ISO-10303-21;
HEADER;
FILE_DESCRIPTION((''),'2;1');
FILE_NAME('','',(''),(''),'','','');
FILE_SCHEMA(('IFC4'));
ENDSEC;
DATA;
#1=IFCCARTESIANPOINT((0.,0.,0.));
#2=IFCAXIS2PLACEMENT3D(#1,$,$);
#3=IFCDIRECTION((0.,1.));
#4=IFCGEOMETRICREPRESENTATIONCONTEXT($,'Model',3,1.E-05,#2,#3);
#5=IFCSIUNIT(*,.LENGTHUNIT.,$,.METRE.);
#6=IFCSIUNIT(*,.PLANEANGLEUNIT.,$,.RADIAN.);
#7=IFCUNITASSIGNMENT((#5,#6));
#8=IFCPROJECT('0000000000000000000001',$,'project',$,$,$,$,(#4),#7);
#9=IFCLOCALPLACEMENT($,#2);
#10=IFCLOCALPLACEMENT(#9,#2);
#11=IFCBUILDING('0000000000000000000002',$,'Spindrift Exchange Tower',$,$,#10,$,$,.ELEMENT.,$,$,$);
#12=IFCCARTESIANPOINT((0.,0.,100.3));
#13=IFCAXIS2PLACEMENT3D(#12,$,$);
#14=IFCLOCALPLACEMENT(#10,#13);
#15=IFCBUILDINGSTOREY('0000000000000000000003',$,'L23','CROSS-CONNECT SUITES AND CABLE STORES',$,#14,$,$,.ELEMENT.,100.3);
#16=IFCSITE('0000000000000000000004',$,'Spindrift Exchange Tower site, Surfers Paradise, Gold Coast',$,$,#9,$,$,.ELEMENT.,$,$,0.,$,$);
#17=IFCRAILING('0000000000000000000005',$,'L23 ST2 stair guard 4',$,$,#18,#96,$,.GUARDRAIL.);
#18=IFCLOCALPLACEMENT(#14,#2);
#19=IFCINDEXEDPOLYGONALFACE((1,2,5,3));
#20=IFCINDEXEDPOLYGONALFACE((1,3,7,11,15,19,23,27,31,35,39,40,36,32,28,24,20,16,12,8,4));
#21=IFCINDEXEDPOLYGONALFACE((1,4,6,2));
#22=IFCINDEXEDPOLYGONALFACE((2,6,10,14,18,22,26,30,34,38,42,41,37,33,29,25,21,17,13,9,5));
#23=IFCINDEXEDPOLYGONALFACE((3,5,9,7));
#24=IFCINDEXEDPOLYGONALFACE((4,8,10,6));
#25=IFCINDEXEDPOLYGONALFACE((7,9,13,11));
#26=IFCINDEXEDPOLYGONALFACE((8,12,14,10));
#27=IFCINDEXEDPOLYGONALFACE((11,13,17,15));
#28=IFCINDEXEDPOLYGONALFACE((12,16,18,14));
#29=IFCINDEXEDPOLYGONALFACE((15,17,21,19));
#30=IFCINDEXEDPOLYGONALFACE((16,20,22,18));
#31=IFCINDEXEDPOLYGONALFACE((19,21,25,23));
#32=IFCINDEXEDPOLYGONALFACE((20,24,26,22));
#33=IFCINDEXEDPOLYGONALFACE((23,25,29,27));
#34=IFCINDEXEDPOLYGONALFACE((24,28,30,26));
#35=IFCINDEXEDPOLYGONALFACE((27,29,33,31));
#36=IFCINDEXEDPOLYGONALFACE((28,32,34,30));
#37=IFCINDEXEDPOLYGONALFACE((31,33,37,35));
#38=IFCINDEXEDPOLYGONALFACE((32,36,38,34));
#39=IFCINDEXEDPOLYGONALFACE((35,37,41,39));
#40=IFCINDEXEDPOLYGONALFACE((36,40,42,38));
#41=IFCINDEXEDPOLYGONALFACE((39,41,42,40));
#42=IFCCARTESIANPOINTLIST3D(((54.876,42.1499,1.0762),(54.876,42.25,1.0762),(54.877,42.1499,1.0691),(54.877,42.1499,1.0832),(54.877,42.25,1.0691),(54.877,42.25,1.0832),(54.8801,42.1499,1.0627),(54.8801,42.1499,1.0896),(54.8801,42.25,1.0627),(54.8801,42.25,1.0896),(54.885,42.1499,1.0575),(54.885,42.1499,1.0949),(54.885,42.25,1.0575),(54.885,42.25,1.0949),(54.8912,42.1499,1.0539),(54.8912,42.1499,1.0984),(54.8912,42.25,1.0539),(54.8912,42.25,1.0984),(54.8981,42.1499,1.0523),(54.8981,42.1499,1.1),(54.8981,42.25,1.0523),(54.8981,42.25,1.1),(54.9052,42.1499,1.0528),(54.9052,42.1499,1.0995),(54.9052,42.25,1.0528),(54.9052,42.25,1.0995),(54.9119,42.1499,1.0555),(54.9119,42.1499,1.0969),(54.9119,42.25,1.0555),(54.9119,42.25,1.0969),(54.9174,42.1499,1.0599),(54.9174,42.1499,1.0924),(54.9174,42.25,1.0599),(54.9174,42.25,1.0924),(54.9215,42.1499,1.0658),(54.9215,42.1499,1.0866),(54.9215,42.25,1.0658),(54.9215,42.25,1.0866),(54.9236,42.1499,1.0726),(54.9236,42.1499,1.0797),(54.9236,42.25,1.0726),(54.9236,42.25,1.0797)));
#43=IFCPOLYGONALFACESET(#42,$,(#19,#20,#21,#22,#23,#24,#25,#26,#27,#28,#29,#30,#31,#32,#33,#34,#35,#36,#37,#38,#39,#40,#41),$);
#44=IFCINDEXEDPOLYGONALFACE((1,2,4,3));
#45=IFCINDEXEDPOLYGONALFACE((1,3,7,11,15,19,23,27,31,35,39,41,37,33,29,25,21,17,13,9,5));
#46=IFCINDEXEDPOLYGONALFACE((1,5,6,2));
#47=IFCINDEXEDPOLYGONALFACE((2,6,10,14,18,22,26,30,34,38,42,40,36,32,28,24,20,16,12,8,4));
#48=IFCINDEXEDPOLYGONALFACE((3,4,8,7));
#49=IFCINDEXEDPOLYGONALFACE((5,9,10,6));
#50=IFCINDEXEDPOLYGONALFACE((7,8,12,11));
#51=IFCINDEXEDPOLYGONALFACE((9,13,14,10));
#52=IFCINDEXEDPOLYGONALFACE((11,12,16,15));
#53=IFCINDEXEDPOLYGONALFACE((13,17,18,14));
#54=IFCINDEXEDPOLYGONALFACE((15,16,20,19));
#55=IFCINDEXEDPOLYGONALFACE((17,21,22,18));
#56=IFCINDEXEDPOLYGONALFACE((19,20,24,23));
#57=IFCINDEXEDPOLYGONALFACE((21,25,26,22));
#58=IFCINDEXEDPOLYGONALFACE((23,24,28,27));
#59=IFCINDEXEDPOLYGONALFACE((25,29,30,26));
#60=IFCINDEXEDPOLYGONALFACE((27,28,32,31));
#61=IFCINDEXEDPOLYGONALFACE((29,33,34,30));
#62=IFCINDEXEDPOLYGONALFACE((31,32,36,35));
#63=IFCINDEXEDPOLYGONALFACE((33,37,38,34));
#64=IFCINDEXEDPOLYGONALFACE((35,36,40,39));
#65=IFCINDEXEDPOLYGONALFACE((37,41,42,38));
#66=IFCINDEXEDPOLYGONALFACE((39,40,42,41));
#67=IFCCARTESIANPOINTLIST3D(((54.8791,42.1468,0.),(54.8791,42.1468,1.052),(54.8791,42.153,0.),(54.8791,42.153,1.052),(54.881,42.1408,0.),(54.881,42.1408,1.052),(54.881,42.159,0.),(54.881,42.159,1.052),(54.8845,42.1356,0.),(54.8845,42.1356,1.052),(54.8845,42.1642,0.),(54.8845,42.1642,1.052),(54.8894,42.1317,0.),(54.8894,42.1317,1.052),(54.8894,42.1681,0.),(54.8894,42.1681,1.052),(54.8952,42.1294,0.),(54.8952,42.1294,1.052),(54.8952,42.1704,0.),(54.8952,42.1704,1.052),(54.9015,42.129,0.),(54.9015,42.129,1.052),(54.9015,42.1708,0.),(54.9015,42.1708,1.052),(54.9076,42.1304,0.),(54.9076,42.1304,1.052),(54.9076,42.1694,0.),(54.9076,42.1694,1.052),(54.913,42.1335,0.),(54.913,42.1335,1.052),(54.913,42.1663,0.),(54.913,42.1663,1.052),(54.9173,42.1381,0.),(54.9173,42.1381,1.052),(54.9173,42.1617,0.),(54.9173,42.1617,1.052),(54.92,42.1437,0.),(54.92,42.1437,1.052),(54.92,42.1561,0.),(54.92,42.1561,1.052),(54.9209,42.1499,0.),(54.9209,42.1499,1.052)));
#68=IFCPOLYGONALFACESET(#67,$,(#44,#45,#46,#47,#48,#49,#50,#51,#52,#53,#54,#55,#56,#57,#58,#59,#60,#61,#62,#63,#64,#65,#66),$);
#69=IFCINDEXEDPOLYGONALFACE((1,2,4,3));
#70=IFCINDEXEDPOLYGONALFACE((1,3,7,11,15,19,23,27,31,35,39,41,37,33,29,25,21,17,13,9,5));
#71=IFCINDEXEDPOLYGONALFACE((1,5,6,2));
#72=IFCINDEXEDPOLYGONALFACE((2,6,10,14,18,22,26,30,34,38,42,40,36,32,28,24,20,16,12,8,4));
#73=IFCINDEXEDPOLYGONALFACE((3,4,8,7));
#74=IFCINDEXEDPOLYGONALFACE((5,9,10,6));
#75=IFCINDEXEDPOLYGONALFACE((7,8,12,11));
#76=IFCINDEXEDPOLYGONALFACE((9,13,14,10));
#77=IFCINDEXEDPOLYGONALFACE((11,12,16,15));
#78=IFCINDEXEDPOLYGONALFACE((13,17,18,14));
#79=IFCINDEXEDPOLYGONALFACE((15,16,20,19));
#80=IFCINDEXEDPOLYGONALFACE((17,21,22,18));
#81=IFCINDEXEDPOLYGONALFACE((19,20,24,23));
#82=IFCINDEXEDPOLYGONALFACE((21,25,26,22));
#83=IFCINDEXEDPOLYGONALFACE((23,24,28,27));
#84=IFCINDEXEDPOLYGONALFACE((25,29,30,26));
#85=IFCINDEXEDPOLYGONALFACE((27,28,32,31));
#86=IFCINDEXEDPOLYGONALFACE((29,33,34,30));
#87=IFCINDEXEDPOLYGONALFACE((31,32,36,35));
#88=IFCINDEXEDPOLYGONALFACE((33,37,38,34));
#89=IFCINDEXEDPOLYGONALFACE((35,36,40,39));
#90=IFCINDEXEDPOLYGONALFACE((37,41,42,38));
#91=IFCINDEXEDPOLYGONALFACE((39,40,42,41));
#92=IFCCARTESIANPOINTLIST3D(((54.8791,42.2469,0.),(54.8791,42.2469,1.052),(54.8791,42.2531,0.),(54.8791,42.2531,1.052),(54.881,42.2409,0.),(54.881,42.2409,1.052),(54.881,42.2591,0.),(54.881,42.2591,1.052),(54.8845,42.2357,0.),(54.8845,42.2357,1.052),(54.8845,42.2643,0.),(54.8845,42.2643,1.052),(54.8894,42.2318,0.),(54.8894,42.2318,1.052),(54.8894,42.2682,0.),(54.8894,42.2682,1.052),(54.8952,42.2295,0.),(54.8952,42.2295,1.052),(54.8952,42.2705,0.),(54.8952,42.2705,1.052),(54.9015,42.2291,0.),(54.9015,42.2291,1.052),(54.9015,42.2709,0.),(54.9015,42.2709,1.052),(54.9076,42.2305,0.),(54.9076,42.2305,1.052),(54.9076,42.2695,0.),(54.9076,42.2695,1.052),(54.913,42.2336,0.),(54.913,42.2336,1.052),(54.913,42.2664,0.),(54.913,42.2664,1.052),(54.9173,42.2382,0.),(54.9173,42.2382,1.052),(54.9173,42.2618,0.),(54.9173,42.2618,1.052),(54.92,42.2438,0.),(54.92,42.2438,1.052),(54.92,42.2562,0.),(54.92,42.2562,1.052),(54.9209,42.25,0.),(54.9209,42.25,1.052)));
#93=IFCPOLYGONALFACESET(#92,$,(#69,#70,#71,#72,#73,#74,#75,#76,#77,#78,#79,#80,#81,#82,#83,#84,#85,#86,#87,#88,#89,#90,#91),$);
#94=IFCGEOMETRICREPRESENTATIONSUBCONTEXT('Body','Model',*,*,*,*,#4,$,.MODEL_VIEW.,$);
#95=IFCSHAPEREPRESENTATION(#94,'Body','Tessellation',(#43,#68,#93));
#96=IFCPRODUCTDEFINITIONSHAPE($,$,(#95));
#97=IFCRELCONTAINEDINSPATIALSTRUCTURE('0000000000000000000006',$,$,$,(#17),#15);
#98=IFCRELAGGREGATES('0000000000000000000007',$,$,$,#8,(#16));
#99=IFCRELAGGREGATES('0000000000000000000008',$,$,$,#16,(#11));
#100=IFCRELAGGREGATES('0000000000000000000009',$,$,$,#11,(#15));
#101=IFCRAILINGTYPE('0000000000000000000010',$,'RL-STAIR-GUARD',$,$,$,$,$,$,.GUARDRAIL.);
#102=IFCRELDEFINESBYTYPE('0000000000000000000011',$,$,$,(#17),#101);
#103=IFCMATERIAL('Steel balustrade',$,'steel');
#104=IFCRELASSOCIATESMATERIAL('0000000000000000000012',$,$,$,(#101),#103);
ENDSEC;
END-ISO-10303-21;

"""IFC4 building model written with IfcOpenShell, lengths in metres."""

from ifc_helpers import new_model, si_unit, direction, frame, origin, origin_2d, place, context, subcontext, project, spatial, circle, extrude, material, type_object, element, save


model = new_model("IFC4")

# Units and contexts
model_context = context("Model", 3, precision=1e-05, world=origin(), true_north=direction((0.0, 1.0)))
body_context = subcontext(model_context, "Body", "Model", "MODEL_VIEW")
ifc_project = project(units=[si_unit("LENGTHUNIT", "METRE"), si_unit("PLANEANGLEUNIT", "RADIAN")], contexts=[model_context])

# Site, building, storey
site_placement = place(None, origin())
site = spatial("IfcSite", under=ifc_project, at=site_placement, Name="Spindrift Exchange Tower site, Surfers Paradise, Gold Coast", CompositionType="ELEMENT", RefElevation=0.0)
building_placement = place(site_placement, origin())
building = spatial("IfcBuilding", under=site, at=building_placement, Name="Spindrift Exchange Tower", CompositionType="ELEMENT")
storey_placement = place(building_placement, frame((0.0, 0.0, 100.3)))
storey = spatial("IfcBuildingStorey", under=building, at=storey_placement, Name="L23", Description="CROSS-CONNECT SUITES AND CABLE STORES", CompositionType="ELEMENT", Elevation=100.3)

# Railing
ifc_material_1 = material(Name="Steel balustrade", Category="steel")
railing_type_1 = type_object("IfcRailingType", Name="RL-STAIR-GUARD", PredefinedType="GUARDRAIL", material=ifc_material_1)
railing_1_placement = place(storey_placement, frame((54.8999, 42.1499, 0.0)))
element("IfcRailing", 1, at=railing_1_placement, inside=storey, type_object=railing_type_1, Name="L23 ST2 stair guard 4", PredefinedType="GUARDRAIL", context=body_context, shape_type="SweptSolid", body=[
    extrude(circle(Radius=0.0239, at=origin_2d()), frame((0.0, 0.0, 1.0762), z_axis=(0.0, 1.0, 0.0), x_axis=(-1.0, 0.0, 0.0)), (0.0, 0.0, 1.0), 0.1001),
    extrude(circle(Radius=0.021, at=origin_2d()), origin(), (0.0, 0.0, 1.0), 1.052),
    extrude(circle(Radius=0.021, at=origin_2d()), frame((0.0, 0.1001, 0.0)), (0.0, 0.0, 1.0), 1.052),
])

save(model, "model.ifc")
